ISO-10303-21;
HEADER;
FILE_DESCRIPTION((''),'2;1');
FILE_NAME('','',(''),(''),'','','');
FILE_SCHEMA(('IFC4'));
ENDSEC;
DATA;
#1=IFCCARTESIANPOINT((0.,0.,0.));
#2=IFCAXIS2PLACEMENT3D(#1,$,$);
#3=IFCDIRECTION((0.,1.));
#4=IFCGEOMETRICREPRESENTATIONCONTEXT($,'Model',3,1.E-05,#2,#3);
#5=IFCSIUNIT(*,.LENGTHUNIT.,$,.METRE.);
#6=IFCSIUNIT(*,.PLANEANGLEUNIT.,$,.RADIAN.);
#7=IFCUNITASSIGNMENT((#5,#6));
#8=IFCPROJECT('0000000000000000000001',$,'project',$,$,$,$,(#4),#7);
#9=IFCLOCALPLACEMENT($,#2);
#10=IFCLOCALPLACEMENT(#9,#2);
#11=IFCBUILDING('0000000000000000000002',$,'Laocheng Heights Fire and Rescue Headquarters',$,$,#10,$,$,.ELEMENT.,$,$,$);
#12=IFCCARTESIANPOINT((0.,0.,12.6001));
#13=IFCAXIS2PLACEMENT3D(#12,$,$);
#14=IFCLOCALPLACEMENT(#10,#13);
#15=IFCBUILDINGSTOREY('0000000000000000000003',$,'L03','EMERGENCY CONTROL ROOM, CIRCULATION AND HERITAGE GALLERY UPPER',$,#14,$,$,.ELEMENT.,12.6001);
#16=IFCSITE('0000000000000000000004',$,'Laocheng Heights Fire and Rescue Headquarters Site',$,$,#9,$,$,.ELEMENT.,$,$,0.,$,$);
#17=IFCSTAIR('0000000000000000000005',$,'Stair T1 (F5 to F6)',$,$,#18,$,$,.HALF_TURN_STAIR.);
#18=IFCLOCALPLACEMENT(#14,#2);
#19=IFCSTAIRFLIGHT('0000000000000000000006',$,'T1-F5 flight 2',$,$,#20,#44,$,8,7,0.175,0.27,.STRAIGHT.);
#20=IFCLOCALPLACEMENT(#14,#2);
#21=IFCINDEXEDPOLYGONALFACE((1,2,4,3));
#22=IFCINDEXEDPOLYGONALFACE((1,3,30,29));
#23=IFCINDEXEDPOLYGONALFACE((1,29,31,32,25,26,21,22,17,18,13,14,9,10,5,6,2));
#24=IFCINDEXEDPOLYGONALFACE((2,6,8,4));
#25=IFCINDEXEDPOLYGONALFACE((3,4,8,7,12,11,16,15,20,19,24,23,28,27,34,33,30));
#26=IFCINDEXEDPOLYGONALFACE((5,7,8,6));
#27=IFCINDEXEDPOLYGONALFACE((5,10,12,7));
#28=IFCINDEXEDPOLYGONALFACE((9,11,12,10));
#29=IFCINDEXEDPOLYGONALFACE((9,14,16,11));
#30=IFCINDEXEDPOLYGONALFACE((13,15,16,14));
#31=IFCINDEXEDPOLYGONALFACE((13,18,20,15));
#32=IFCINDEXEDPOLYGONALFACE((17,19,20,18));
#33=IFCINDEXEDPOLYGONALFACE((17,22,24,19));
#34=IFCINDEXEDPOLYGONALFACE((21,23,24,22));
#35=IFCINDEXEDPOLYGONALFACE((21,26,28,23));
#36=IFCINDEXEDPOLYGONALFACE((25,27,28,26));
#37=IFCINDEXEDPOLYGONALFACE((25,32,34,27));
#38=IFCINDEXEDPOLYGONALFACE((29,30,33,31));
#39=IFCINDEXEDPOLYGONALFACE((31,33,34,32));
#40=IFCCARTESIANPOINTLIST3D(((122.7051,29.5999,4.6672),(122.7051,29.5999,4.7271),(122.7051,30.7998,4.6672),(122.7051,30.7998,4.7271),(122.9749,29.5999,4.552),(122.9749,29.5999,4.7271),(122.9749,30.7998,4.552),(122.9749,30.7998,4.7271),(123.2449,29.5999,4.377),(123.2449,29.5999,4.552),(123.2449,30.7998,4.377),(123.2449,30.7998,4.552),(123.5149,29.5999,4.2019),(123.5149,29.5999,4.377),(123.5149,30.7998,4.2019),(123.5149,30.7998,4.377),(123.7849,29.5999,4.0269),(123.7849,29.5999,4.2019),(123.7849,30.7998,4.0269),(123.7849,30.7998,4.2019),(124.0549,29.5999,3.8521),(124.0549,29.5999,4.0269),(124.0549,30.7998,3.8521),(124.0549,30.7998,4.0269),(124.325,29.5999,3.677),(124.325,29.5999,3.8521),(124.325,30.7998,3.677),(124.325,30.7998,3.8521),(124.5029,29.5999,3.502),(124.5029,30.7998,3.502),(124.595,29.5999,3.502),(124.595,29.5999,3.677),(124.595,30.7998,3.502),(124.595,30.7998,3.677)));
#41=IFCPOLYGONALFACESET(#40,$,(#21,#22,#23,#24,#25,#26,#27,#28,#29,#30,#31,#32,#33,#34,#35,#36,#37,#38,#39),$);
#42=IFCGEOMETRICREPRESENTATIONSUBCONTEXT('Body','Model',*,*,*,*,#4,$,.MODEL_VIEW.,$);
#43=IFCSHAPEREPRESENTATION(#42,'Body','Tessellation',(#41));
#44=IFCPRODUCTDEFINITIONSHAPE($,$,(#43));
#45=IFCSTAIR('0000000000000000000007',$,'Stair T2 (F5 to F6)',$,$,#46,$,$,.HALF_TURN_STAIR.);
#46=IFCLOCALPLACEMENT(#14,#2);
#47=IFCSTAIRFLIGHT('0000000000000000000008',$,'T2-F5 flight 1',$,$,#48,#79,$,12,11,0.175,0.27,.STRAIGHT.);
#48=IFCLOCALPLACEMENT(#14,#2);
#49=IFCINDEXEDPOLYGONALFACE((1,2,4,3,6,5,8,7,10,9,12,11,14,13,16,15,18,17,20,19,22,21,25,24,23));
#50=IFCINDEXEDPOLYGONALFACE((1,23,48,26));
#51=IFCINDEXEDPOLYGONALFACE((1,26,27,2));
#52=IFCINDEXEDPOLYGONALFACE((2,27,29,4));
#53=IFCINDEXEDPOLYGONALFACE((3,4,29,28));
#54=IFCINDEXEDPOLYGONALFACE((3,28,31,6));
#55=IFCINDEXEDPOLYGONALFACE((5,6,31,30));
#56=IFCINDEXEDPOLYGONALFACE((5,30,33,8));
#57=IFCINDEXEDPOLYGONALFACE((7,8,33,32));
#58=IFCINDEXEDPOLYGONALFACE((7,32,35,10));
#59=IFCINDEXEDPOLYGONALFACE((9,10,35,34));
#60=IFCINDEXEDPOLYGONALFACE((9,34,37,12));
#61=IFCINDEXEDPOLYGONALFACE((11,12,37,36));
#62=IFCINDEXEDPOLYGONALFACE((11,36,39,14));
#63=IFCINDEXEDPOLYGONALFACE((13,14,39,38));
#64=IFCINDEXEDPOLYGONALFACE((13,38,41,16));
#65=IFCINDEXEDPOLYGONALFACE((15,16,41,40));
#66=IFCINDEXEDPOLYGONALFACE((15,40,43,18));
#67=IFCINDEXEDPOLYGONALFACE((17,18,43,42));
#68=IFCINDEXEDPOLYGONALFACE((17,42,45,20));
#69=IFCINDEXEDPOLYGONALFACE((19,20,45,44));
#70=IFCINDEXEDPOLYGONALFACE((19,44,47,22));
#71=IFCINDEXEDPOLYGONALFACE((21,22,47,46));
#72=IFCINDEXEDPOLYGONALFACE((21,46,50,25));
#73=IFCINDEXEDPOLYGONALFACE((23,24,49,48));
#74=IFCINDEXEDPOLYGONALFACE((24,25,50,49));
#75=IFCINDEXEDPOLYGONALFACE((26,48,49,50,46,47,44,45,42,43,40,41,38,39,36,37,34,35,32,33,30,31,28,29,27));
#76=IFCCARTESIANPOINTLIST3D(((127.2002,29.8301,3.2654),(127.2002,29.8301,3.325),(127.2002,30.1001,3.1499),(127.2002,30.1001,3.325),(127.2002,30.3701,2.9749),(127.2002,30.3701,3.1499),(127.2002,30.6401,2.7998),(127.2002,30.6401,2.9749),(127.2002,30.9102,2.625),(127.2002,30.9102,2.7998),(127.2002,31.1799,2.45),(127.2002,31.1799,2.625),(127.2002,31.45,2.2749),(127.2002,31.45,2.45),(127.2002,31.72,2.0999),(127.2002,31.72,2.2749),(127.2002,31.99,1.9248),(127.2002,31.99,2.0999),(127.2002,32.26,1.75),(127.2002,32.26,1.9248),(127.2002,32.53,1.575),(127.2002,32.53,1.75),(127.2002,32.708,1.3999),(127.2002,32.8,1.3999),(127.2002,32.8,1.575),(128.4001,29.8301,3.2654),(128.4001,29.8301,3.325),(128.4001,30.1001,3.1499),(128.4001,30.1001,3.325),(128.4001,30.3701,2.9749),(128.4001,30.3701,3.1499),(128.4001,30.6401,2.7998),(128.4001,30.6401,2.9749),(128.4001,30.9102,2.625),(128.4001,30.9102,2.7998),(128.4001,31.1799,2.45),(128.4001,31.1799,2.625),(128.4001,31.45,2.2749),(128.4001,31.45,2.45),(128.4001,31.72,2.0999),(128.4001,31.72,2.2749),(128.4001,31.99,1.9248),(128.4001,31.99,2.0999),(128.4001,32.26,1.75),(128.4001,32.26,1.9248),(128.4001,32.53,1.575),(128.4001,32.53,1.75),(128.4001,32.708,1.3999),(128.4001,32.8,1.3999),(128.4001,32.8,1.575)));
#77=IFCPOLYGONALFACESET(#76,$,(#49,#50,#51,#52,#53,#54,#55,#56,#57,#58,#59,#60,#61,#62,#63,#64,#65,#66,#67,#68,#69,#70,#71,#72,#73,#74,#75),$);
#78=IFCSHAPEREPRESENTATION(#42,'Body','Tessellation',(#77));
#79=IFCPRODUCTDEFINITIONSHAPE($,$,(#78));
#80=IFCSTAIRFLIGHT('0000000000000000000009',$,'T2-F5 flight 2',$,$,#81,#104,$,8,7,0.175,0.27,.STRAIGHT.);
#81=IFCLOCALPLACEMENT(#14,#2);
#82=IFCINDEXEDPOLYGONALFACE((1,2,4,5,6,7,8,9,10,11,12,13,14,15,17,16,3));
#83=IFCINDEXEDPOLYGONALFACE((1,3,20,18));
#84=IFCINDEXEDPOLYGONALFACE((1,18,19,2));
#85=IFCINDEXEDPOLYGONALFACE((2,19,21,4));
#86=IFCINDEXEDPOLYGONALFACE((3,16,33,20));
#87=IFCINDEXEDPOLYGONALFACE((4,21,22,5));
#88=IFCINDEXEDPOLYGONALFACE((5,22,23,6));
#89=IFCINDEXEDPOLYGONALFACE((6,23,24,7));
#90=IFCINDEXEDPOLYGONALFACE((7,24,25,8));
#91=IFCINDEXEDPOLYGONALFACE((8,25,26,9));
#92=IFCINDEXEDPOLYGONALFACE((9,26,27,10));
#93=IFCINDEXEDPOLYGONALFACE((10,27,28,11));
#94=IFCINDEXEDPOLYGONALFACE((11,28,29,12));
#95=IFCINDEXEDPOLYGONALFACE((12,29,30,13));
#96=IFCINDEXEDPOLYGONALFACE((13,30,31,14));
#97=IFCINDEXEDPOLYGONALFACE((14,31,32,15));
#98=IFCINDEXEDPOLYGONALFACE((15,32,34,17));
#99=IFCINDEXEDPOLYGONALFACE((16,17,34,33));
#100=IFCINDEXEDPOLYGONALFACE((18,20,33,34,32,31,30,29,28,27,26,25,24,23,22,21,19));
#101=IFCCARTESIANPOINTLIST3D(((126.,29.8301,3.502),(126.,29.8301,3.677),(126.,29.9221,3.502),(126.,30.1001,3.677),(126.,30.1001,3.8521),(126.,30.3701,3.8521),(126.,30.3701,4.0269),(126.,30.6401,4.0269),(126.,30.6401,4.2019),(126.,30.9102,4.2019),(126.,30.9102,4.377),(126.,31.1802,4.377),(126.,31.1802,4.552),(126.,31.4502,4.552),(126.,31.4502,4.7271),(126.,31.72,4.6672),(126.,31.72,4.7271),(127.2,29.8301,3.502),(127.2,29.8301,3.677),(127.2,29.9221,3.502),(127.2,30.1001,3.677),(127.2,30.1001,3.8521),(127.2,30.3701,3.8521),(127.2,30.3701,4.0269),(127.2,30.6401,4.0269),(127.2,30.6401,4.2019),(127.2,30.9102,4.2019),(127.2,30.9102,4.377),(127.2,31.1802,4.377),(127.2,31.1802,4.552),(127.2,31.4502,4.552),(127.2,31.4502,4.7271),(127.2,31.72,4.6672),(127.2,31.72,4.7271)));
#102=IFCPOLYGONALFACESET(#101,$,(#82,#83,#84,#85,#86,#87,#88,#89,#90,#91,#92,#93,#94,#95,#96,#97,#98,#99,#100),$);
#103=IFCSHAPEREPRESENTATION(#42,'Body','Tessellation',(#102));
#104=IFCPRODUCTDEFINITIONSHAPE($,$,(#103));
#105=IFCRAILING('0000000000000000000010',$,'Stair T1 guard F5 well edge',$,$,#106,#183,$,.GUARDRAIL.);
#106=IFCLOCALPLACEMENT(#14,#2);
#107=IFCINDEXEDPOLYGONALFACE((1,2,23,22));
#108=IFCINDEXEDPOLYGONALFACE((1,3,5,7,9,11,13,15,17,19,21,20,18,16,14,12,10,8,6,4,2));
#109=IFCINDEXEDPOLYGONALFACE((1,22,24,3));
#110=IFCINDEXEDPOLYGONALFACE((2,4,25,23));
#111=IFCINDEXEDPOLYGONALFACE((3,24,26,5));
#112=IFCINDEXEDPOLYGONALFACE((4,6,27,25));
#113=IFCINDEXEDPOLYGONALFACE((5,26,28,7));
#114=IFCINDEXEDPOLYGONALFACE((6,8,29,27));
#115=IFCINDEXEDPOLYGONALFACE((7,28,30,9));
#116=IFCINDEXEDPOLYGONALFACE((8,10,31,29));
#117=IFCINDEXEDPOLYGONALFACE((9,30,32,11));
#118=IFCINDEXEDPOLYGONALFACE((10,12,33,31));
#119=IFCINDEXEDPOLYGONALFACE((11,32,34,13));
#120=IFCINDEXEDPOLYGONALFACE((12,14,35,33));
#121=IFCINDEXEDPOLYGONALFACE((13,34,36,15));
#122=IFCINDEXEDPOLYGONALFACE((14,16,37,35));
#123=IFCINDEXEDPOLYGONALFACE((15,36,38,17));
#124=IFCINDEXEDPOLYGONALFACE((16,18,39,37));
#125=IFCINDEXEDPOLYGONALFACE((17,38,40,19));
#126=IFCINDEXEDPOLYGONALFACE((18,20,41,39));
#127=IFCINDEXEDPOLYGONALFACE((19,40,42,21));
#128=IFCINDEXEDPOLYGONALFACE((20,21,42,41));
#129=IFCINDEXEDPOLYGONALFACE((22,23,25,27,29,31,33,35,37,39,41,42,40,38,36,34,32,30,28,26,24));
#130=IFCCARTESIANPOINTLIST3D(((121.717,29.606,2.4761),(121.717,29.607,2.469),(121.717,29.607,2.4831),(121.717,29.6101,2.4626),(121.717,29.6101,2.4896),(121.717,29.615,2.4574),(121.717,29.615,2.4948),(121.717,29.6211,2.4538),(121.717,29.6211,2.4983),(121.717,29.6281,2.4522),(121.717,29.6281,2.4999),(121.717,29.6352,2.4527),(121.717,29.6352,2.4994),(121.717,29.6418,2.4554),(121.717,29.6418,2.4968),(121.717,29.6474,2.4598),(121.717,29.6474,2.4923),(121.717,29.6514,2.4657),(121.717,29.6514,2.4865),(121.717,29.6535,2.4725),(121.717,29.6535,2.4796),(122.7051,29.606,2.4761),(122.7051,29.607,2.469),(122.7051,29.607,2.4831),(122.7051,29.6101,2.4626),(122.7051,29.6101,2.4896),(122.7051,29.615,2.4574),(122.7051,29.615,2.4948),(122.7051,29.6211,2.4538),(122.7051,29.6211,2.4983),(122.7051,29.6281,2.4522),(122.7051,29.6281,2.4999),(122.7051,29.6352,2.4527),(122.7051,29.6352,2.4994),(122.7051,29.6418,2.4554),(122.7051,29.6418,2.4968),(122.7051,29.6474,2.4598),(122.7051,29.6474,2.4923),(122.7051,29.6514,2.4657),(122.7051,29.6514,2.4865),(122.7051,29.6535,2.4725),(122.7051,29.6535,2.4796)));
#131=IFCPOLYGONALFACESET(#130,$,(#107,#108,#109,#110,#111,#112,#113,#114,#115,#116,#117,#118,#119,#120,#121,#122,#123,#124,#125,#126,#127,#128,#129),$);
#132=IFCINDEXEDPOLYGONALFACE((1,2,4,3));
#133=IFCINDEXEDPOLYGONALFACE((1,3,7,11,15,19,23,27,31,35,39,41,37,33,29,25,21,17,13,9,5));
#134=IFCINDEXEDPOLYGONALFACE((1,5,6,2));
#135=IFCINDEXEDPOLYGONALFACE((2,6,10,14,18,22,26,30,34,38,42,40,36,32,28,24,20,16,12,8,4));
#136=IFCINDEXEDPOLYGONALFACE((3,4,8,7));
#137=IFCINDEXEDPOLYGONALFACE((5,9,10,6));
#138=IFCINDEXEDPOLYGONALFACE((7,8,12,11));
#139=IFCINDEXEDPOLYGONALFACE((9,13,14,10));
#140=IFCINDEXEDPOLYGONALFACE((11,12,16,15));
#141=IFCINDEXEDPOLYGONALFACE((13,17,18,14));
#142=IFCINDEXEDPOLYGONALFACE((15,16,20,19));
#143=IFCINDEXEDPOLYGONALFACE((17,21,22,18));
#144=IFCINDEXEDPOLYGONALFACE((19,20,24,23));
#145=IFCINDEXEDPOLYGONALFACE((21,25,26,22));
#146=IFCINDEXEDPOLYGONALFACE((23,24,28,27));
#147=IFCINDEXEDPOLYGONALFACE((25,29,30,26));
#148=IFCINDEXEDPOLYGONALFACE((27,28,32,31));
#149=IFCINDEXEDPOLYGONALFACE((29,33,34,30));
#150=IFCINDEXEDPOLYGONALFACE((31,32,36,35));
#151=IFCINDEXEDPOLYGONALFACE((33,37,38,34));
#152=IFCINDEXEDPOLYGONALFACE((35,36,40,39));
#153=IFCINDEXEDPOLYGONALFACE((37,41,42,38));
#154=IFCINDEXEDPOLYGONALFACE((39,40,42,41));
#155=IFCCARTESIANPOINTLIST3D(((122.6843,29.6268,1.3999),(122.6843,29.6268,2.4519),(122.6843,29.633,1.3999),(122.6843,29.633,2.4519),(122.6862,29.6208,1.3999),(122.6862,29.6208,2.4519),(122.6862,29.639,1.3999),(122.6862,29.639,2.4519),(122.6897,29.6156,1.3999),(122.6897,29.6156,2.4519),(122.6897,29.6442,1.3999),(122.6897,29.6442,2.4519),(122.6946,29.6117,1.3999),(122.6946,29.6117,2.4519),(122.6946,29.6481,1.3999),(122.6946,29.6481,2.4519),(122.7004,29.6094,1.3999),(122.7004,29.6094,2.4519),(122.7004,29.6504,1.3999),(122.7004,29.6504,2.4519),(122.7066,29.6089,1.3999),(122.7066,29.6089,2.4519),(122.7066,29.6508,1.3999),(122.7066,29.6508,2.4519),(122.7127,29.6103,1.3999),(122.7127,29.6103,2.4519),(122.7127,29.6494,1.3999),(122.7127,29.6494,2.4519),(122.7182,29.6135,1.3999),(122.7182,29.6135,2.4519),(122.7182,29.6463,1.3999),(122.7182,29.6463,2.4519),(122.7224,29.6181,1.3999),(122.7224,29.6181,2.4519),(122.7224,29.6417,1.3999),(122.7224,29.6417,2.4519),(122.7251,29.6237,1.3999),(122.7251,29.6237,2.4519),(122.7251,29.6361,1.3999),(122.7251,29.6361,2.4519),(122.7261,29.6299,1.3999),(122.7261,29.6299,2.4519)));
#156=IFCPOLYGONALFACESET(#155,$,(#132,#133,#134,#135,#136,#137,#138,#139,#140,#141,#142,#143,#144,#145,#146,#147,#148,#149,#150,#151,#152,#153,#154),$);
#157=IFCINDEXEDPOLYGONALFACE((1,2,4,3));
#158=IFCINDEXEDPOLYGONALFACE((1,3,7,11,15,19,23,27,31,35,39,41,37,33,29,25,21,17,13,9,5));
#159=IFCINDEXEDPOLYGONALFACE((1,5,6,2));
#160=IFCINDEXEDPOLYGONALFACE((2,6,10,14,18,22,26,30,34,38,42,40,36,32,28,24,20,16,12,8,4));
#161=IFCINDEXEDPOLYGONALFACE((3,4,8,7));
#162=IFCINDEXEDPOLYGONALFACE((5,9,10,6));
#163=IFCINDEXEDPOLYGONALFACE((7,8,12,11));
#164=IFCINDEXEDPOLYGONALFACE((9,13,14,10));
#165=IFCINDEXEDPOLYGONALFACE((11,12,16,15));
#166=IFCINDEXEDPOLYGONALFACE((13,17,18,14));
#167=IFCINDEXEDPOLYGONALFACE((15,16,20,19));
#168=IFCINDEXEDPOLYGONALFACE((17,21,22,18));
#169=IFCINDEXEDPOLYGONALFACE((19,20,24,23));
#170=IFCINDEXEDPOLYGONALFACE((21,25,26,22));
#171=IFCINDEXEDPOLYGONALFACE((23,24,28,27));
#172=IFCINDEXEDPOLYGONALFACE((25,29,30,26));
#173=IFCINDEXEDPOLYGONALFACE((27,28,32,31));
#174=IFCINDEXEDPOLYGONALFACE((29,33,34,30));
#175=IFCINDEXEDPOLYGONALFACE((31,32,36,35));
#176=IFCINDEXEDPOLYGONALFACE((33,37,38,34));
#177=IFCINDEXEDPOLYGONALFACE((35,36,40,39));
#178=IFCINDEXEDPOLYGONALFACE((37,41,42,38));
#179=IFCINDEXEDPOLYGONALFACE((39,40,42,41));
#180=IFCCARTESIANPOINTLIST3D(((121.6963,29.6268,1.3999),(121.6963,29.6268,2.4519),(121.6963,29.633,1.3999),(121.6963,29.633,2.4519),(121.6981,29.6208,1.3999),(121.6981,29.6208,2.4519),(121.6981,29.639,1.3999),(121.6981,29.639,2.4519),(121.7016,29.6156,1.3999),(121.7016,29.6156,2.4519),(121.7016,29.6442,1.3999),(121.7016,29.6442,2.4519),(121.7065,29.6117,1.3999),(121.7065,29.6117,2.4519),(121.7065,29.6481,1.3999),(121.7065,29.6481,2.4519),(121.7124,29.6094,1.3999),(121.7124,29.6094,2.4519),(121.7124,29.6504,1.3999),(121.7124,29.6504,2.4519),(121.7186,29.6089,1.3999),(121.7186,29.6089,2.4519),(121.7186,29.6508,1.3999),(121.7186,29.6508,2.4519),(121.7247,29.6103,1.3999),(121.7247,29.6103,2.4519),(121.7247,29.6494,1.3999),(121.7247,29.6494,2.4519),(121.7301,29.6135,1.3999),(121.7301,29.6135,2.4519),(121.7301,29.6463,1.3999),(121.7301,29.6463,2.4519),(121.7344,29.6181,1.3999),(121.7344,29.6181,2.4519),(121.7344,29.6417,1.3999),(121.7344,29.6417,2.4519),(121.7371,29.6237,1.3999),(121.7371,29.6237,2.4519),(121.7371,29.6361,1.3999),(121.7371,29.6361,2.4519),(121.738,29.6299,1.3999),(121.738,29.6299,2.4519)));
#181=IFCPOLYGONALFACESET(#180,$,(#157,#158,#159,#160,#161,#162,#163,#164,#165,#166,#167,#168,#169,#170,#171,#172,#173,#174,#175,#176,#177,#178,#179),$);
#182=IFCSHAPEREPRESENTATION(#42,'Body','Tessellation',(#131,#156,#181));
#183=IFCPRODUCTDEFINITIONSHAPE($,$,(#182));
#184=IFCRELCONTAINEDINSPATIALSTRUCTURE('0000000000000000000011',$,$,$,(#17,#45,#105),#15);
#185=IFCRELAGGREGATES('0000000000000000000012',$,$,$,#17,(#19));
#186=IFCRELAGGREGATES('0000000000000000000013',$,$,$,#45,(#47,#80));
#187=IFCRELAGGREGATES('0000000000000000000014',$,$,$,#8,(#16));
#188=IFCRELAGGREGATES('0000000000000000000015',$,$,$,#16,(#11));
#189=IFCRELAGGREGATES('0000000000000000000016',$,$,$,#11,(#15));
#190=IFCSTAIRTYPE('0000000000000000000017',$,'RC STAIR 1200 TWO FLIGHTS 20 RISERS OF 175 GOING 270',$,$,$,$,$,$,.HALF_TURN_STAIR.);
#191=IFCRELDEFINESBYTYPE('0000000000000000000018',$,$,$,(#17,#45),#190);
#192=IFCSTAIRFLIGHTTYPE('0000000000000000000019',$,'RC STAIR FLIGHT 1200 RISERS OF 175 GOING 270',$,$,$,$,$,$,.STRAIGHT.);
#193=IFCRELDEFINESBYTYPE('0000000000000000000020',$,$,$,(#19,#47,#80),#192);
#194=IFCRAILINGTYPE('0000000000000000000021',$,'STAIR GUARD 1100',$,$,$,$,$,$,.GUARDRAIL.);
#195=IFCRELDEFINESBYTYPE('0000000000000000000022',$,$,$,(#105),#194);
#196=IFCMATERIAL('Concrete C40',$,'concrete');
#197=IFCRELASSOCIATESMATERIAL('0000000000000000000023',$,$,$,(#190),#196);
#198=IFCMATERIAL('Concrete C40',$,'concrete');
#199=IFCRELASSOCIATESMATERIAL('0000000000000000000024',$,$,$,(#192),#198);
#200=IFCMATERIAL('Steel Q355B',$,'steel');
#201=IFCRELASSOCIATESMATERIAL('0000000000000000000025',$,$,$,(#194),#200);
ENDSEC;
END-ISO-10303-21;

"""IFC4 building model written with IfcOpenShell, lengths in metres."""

from ifc_helpers import new_model, si_unit, direction, frame, origin, origin_2d, place, context, subcontext, project, spatial, polyline, circle, outline, extrude, material, type_object, element, aggregate, save


model = new_model("IFC4")

# Units and contexts
model_context = context("Model", 3, precision=1e-05, world=origin(), true_north=direction((0.0, 1.0)))
body_context = subcontext(model_context, "Body", "Model", "MODEL_VIEW")
ifc_project = project(units=[si_unit("LENGTHUNIT", "METRE"), si_unit("PLANEANGLEUNIT", "RADIAN")], contexts=[model_context])

# Site, building, storey
site_placement = place(None, origin())
site = spatial("IfcSite", under=ifc_project, at=site_placement, Name="Laocheng Heights Fire and Rescue Headquarters Site", CompositionType="ELEMENT", RefElevation=0.0)
building_placement = place(site_placement, origin())
building = spatial("IfcBuilding", under=site, at=building_placement, Name="Laocheng Heights Fire and Rescue Headquarters", CompositionType="ELEMENT")
storey_placement = place(building_placement, frame((0.0, 0.0, 12.6001)))
storey = spatial("IfcBuildingStorey", under=building, at=storey_placement, Name="L03", Description="EMERGENCY CONTROL ROOM, CIRCULATION AND HERITAGE GALLERY UPPER", CompositionType="ELEMENT", Elevation=12.6001)

# Stairs, stair flights
ifc_material_1 = material(Name="Concrete C40", Category="concrete")
stair_type = type_object("IfcStairType", Name="RC STAIR 1200 TWO FLIGHTS 20 RISERS OF 175 GOING 270", PredefinedType="HALF_TURN_STAIR", material=ifc_material_1)
stair_1_placement = place(storey_placement, origin())
stair_1 = element("IfcStair", 1, at=stair_1_placement, inside=storey, type_object=stair_type, Name="Stair T1 (F5 to F6)", PredefinedType="HALF_TURN_STAIR")
ifc_material_2 = material(Name="Concrete C40", Category="concrete")
stair_flight_type = type_object("IfcStairFlightType", Name="RC STAIR FLIGHT 1200 RISERS OF 175 GOING 270", PredefinedType="STRAIGHT", material=ifc_material_2)
stair_flight_1_placement = place(storey_placement, frame((124.595, 30.2, 3.502), z_axis=(0.0, 0.0, 1.0), x_axis=(-1.0, 0.0, 0.0)))
stair_flight_1 = element("IfcStairFlight", 2, at=stair_flight_1_placement, type_object=stair_flight_type, Name="T1-F5 flight 2", NumberOfRisers=8, NumberOfTreads=7, PredefinedType="STRAIGHT", RiserHeight=0.175, TreadLength=0.27, context=body_context, shape_type="SweptSolid", body=[
    extrude(outline(polyline([(0.0, 0.0), (0.0, 0.175), (0.27, 0.175), (0.27, 0.3501), (0.54, 0.3501), (0.54, 0.5249), (0.8101, 0.5249), (0.8101, 0.7), (1.0801, 0.7), (1.0801, 0.875), (1.3501, 0.875), (1.3501, 1.05), (1.6201, 1.05), (1.6201, 1.2251), (1.8899, 1.2251), (1.8899, 1.3999), (1.8899, 1.1653), (0.092, 0.0), (0.0, 0.0)])), frame((0.0, 0.6001, 0.0), z_axis=(0.0, -1.0, 0.0), x_axis=(1.0, 0.0, 0.0)), (0.0, 0.0, 1.0), 1.2),
])
aggregate(stair_1, [stair_flight_1])
stair_2_placement = place(storey_placement, origin())
stair_2 = element("IfcStair", 3, at=stair_2_placement, inside=storey, type_object=stair_type, Name="Stair T2 (F5 to F6)", PredefinedType="HALF_TURN_STAIR")
stair_flight_2_placement = place(storey_placement, frame((127.8, 32.8, 1.3999), z_axis=(0.0, 0.0, 1.0), x_axis=(0.0, -1.0, 0.0)))
stair_flight_2 = element("IfcStairFlight", 4, at=stair_flight_2_placement, type_object=stair_flight_type, Name="T2-F5 flight 1", NumberOfRisers=12, NumberOfTreads=11, PredefinedType="STRAIGHT", RiserHeight=0.175, TreadLength=0.27, context=body_context, shape_type="SweptSolid", body=[
    extrude(outline(polyline([(0.0, 0.0), (0.0, 0.175), (0.27, 0.175), (0.27, 0.3501), (0.54, 0.3501), (0.54, 0.5249), (0.8101, 0.5249), (0.8101, 0.7), (1.0801, 0.7), (1.0801, 0.875), (1.3501, 0.875), (1.3501, 1.05), (1.6201, 1.05), (1.6201, 1.2251), (1.8899, 1.2251), (1.8899, 1.3999), (2.1599, 1.3999), (2.1599, 1.575), (2.4299, 1.575), (2.4299, 1.75), (2.7, 1.75), (2.7, 1.925), (2.97, 1.925), (2.97, 2.1001), (2.97, 1.8655), (0.092, 0.0), (0.0, 0.0)])), frame((0.0, 0.6001, 0.0), z_axis=(0.0, -1.0, 0.0), x_axis=(1.0, 0.0, 0.0)), (0.0, 0.0, 1.0), 1.2),
])
stair_flight_3_placement = place(storey_placement, frame((126.6001, 29.8301, 3.502), z_axis=(0.0, 0.0, 1.0), x_axis=(0.0, 1.0, 0.0)))
stair_flight_3 = element("IfcStairFlight", 5, at=stair_flight_3_placement, type_object=stair_flight_type, Name="T2-F5 flight 2", NumberOfRisers=8, NumberOfTreads=7, PredefinedType="STRAIGHT", RiserHeight=0.175, TreadLength=0.27, context=body_context, shape_type="SweptSolid", body=[
    extrude(outline(polyline([(0.0, 0.0), (0.0, 0.175), (0.27, 0.175), (0.27, 0.3501), (0.54, 0.3501), (0.54, 0.5249), (0.8101, 0.5249), (0.8101, 0.7), (1.0801, 0.7), (1.0801, 0.875), (1.3501, 0.875), (1.3501, 1.05), (1.6201, 1.05), (1.6201, 1.2251), (1.8899, 1.2251), (1.8899, 1.3999), (1.8899, 1.1653), (0.092, 0.0), (0.0, 0.0)])), frame((0.0, 0.6001, 0.0), z_axis=(0.0, -1.0, 0.0), x_axis=(1.0, 0.0, 0.0)), (0.0, 0.0, 1.0), 1.2),
])
aggregate(stair_2, [stair_flight_2, stair_flight_3])

# Railing
ifc_material_3 = material(Name="Steel Q355B", Category="steel")
railing_type_1 = type_object("IfcRailingType", Name="STAIR GUARD 1100", PredefinedType="GUARDRAIL", material=ifc_material_3)
railing_1_placement = place(storey_placement, frame((122.7051, 29.6299, 1.3999)))
element("IfcRailing", 6, at=railing_1_placement, inside=storey, type_object=railing_type_1, Name="Stair T1 guard F5 well edge", PredefinedType="GUARDRAIL", context=body_context, shape_type="SweptSolid", body=[
    extrude(circle(Radius=0.0239, at=origin_2d()), frame((0.0, 0.0, 1.0762), z_axis=(-1.0, 0.0, 0.0), x_axis=(0.0, -1.0, 0.0)), (0.0, 0.0, 1.0), 0.988),
    extrude(circle(Radius=0.021, at=origin_2d()), origin(), (0.0, 0.0, 1.0), 1.052),
    extrude(circle(Radius=0.021, at=origin_2d()), frame((-0.988, 0.0, 0.0)), (0.0, 0.0, 1.0), 1.052),
])

save(model, "model.ifc")
